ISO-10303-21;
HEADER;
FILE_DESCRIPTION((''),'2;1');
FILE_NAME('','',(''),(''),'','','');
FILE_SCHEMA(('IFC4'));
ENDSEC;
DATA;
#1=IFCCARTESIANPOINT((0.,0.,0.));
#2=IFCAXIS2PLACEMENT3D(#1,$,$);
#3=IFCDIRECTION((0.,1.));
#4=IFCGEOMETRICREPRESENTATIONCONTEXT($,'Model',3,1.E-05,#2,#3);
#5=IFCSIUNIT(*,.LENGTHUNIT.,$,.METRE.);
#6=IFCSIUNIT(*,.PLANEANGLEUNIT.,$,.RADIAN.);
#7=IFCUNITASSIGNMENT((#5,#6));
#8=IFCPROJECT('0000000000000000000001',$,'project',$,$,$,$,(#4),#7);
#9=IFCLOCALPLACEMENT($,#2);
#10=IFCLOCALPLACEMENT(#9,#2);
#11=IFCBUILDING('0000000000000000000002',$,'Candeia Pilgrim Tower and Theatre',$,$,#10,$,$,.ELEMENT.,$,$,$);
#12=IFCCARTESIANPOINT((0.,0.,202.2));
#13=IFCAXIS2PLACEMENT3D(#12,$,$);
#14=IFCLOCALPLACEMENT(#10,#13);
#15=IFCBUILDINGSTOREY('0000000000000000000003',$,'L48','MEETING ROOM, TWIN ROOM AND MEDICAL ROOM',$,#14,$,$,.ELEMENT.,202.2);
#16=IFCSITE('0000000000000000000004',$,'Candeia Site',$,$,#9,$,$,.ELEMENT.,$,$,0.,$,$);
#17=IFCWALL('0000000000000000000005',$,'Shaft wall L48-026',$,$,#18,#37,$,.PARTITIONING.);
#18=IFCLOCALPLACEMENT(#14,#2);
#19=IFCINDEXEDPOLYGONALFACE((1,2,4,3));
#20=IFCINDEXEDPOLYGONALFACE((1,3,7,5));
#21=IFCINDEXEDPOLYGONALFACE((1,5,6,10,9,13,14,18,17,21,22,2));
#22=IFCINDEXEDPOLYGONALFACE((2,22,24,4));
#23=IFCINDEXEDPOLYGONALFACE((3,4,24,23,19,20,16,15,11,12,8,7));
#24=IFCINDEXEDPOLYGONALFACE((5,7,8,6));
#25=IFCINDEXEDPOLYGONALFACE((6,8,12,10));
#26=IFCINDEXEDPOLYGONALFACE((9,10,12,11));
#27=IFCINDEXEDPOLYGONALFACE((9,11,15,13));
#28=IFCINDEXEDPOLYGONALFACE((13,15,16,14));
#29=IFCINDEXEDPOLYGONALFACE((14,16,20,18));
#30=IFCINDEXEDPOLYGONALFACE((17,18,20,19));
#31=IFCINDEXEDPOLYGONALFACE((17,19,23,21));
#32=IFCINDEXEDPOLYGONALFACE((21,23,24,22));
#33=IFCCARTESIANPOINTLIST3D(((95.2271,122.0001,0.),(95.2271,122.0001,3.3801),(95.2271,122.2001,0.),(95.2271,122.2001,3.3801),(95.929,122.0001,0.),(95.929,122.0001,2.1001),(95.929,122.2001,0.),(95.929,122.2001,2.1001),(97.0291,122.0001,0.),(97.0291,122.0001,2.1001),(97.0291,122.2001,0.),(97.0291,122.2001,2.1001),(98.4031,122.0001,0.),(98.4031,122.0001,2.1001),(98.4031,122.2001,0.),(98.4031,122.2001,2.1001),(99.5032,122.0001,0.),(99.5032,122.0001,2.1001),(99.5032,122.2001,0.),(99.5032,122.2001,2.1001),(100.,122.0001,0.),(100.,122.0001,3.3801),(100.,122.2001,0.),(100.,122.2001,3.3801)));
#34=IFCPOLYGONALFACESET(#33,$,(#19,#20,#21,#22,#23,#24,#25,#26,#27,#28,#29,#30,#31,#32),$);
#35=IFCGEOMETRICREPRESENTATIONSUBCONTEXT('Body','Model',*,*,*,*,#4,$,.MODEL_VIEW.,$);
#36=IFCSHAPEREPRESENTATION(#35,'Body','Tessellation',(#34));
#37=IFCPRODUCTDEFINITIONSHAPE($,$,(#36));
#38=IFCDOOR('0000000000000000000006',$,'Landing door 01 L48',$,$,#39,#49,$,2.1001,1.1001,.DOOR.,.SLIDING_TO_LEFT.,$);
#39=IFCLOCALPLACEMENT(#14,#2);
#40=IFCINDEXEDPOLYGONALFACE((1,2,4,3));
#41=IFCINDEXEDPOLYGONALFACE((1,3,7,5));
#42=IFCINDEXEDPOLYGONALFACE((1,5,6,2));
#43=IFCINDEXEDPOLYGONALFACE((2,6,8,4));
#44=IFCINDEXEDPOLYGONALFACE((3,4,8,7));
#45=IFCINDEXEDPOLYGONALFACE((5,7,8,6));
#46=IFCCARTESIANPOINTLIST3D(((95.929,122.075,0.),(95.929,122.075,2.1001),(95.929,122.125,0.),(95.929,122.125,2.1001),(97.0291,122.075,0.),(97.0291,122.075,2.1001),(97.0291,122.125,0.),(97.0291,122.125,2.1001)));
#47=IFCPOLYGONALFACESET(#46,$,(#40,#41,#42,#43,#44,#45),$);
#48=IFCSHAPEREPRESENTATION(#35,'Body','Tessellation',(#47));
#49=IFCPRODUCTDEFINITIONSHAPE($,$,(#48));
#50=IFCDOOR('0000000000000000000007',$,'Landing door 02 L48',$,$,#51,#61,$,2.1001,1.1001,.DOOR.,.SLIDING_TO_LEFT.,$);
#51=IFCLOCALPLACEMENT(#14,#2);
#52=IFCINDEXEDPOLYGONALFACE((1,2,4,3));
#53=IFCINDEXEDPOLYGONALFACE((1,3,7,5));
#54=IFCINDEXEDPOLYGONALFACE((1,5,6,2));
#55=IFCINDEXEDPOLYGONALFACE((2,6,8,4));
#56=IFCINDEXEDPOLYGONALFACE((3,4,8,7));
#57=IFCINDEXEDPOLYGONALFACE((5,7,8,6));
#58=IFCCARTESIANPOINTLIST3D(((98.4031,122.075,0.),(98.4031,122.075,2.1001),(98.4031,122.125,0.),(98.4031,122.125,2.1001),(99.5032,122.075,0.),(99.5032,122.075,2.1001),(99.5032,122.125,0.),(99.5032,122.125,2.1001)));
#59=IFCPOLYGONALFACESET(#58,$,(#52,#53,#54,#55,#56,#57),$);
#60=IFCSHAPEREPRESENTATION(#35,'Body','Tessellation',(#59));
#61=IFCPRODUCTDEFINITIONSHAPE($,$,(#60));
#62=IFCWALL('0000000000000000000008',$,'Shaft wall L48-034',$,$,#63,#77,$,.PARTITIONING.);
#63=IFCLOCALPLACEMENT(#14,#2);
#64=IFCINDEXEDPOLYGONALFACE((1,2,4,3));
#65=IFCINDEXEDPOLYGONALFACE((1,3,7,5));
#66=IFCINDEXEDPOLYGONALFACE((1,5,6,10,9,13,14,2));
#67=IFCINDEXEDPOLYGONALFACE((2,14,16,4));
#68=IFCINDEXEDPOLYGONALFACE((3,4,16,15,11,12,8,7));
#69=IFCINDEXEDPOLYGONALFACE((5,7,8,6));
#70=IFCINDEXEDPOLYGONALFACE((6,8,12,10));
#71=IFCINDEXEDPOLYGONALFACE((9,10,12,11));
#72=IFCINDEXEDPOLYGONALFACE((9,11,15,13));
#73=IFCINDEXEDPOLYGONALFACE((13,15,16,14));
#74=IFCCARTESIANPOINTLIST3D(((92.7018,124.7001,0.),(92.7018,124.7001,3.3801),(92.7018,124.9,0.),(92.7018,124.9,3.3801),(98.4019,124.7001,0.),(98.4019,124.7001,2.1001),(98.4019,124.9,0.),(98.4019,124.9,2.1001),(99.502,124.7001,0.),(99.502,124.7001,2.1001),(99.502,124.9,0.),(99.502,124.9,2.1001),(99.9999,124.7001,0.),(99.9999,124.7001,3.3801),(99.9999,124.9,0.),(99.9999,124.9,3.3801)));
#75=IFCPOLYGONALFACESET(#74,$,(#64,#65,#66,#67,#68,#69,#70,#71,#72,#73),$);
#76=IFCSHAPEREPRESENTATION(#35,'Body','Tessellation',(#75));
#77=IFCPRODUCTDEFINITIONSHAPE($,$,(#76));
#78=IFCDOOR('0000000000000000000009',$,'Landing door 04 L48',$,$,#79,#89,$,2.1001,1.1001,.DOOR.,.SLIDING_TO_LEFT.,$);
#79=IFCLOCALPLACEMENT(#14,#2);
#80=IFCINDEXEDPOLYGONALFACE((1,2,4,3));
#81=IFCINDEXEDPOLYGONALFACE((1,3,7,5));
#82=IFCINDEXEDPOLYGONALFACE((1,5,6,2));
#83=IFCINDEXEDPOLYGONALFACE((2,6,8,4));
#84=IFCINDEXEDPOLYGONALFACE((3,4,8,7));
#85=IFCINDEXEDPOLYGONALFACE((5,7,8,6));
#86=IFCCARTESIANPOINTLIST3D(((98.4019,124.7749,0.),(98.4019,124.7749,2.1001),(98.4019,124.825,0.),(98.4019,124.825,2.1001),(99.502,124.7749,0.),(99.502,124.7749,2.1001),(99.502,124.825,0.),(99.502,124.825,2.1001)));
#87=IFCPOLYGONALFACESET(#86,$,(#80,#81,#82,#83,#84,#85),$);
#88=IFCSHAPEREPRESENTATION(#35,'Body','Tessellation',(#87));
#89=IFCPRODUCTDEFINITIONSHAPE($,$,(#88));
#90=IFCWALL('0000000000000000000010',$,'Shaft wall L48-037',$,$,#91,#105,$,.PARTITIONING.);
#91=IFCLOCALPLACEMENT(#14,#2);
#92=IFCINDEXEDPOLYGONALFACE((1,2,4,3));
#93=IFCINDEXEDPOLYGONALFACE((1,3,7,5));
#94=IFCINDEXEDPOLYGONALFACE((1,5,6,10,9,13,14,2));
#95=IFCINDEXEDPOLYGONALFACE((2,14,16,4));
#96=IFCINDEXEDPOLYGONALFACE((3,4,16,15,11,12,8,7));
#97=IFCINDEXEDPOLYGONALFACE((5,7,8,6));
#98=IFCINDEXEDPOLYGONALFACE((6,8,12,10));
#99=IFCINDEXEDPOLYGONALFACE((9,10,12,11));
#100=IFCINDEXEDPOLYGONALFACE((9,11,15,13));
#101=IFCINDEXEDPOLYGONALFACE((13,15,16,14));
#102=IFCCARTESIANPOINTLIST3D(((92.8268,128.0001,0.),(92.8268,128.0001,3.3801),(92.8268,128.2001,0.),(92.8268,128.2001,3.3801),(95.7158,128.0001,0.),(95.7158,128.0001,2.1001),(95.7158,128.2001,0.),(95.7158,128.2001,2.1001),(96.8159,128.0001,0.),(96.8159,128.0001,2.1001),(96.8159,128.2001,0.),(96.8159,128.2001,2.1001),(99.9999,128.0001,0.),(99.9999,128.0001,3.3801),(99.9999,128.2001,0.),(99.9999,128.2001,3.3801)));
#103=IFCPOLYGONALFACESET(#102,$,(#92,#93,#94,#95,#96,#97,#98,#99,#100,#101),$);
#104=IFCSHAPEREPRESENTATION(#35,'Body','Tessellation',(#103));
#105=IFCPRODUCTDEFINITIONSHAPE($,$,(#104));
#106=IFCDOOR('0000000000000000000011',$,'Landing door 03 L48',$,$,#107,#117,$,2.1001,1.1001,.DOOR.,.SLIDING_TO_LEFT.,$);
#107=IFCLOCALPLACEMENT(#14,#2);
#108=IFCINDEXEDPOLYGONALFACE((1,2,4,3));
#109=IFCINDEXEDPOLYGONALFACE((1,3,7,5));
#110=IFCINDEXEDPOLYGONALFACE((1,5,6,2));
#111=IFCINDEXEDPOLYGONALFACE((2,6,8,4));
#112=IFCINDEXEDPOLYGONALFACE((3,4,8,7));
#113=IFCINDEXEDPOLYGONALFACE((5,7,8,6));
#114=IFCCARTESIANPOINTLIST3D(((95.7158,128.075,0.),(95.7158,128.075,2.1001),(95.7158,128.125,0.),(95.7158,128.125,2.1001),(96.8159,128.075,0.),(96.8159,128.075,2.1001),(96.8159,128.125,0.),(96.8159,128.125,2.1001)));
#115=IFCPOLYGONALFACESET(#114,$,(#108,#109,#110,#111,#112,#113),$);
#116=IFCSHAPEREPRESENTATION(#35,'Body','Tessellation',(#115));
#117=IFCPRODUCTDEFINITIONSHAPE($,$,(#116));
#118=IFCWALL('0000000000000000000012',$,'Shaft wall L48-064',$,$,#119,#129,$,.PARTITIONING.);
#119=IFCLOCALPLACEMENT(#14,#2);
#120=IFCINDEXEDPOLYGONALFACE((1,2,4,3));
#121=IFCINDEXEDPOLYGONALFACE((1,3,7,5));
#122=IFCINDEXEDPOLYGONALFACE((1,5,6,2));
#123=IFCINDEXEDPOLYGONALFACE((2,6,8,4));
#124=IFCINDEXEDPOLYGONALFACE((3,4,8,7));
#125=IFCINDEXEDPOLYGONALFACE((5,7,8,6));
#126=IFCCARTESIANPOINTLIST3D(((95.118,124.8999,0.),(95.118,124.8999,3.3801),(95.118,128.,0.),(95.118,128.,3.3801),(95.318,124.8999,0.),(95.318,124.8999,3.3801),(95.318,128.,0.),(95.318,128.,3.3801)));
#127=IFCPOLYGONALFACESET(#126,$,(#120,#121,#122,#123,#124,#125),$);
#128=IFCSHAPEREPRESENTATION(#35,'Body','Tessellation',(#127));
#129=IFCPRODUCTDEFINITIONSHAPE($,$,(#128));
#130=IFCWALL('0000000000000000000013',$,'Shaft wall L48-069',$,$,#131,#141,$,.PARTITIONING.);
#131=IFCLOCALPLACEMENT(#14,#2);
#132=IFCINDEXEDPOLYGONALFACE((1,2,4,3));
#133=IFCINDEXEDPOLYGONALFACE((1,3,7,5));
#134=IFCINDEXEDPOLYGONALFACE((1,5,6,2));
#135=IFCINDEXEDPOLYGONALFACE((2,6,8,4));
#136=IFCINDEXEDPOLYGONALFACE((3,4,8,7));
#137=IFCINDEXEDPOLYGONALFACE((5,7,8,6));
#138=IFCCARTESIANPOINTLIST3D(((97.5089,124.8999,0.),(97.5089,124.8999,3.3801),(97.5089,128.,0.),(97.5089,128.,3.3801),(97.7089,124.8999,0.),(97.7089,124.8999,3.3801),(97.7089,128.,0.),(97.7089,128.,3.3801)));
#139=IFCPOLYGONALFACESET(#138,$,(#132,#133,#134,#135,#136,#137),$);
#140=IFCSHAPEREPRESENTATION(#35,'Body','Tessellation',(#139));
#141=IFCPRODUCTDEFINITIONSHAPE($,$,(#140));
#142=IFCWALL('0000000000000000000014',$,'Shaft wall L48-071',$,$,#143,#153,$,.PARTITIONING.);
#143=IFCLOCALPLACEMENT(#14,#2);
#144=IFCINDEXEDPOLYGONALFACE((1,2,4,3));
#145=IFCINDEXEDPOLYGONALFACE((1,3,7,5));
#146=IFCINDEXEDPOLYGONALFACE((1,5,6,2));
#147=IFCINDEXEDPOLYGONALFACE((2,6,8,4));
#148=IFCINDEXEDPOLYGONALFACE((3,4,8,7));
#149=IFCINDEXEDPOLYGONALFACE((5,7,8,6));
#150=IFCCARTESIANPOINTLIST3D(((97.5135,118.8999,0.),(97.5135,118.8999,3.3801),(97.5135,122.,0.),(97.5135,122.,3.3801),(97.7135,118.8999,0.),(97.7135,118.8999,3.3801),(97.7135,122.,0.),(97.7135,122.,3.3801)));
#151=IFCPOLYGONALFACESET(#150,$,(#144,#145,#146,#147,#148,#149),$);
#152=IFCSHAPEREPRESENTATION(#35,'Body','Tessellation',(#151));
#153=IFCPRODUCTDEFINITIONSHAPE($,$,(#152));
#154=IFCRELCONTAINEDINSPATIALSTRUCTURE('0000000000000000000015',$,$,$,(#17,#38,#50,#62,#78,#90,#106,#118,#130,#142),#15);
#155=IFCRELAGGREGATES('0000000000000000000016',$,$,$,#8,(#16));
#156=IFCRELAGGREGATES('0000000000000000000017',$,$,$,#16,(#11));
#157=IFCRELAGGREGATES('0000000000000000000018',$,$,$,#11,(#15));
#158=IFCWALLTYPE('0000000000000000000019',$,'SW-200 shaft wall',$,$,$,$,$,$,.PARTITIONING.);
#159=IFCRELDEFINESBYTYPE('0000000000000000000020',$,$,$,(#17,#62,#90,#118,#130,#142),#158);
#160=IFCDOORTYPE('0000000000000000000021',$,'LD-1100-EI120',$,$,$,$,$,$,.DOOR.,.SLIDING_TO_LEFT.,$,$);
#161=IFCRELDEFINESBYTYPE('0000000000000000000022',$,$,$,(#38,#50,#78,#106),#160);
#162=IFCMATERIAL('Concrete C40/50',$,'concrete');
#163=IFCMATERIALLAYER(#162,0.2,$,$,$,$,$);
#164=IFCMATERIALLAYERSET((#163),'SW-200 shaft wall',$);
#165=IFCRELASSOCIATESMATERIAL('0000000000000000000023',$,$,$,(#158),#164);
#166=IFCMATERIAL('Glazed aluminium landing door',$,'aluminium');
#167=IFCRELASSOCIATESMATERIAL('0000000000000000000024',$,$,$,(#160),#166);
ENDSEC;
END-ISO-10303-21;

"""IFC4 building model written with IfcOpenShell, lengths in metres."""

from ifc_helpers import new_model, si_unit, direction, frame, frame_2d, origin, place, context, subcontext, project, spatial, rectangle, extrude, material, layer, layer_set, type_object, element, fill, save


model = new_model("IFC4")

# Units and contexts
model_context = context("Model", 3, precision=1e-05, world=origin(), true_north=direction((0.0, 1.0)))
body_context = subcontext(model_context, "Body", "Model", "MODEL_VIEW")
ifc_project = project(units=[si_unit("LENGTHUNIT", "METRE"), si_unit("PLANEANGLEUNIT", "RADIAN")], contexts=[model_context])

# Site, building, storey
site_placement = place(None, origin())
site = spatial("IfcSite", under=ifc_project, at=site_placement, Name="Candeia Site", CompositionType="ELEMENT", RefElevation=0.0)
building_placement = place(site_placement, origin())
building = spatial("IfcBuilding", under=site, at=building_placement, Name="Candeia Pilgrim Tower and Theatre", CompositionType="ELEMENT")
storey_placement = place(building_placement, frame((0.0, 0.0, 202.2)))
storey = spatial("IfcBuildingStorey", under=building, at=storey_placement, Name="L48", Description="MEETING ROOM, TWIN ROOM AND MEDICAL ROOM", CompositionType="ELEMENT", Elevation=202.2)

# Shared definitions
ifc_material_1 = material(Name="Concrete C40/50", Category="concrete")
ifc_layer_1 = layer(ifc_material_1, 0.2)
ifc_layer_set_1 = layer_set([ifc_layer_1], Name="SW-200 shaft wall")
wall_type_1 = type_object("IfcWallType", Name="SW-200 shaft wall", PredefinedType="PARTITIONING", material=ifc_layer_set_1)

# Wall, openings, doors
wall_1_placement = place(storey_placement, frame((95.2271, 122.1001, 0.0), z_axis=(0.0, 0.0, 1.0), x_axis=(1.0, 0.0, 0.0)))
wall_1 = element("IfcWall", 1, at=wall_1_placement, inside=storey, type_object=wall_type_1, Name="Shaft wall L48-026", PredefinedType="PARTITIONING", context=body_context, shape_type="SweptSolid", body=[
    extrude(rectangle(XDim=4.7729, YDim=0.2, at=frame_2d((2.3865, 0.0))), origin(), (0.0, 0.0, 1.0), 3.3801),
])
opening_1_placement = place(wall_1_placement, frame((0.7019, 0.0, 0.0)))
opening_1 = element("IfcOpeningElement", 2, at=opening_1_placement, cuts=wall_1, PredefinedType="OPENING", context=body_context, shape_type="SweptSolid", body=[
    extrude(rectangle(XDim=1.1001, YDim=2.1001, at=frame_2d((0.55, 1.05))), frame((0.0, 0.1099, 0.0), z_axis=(0.0, -1.0, 0.0), x_axis=(1.0, 0.0, 0.0)), (0.0, 0.0, 1.0), 0.22),
])
opening_2_placement = place(wall_1_placement, frame((3.176, 0.0, 0.0)))
opening_2 = element("IfcOpeningElement", 3, at=opening_2_placement, cuts=wall_1, PredefinedType="OPENING", context=body_context, shape_type="SweptSolid", body=[
    extrude(rectangle(XDim=1.1001, YDim=2.1001, at=frame_2d((0.55, 1.05))), frame((0.0, 0.1099, 0.0), z_axis=(0.0, -1.0, 0.0), x_axis=(1.0, 0.0, 0.0)), (0.0, 0.0, 1.0), 0.22),
])
ifc_material_2 = material(Name="Glazed aluminium landing door", Category="aluminium")
door_type_1 = type_object("IfcDoorType", Name="LD-1100-EI120", OperationType="SLIDING_TO_LEFT", PredefinedType="DOOR", material=ifc_material_2)
door_1_placement = place(opening_1_placement, origin())
door_1 = element("IfcDoor", 4, at=door_1_placement, inside=storey, type_object=door_type_1, Name="Landing door 01 L48", OperationType="SLIDING_TO_LEFT", OverallHeight=2.1001, OverallWidth=1.1001, PredefinedType="DOOR", context=body_context, shape_type="SweptSolid", body=[
    extrude(rectangle(XDim=1.1001, YDim=2.1001, at=frame_2d((0.55, 1.05))), frame((0.0, 0.0249, 0.0), z_axis=(0.0, -1.0, 0.0), x_axis=(1.0, 0.0, 0.0)), (0.0, 0.0, 1.0), 0.05),
])
fill(opening_1, door_1)
door_2_placement = place(opening_2_placement, origin())
door_2 = element("IfcDoor", 5, at=door_2_placement, inside=storey, type_object=door_type_1, Name="Landing door 02 L48", OperationType="SLIDING_TO_LEFT", OverallHeight=2.1001, OverallWidth=1.1001, PredefinedType="DOOR", context=body_context, shape_type="SweptSolid", body=[
    extrude(rectangle(XDim=1.1001, YDim=2.1001, at=frame_2d((0.55, 1.05))), frame((0.0, 0.0249, 0.0), z_axis=(0.0, -1.0, 0.0), x_axis=(1.0, 0.0, 0.0)), (0.0, 0.0, 1.0), 0.05),
])
fill(opening_2, door_2)

# Walls, openings, doors
wall_2_placement = place(storey_placement, frame((92.7019, 124.8, 0.0), z_axis=(0.0, 0.0, 1.0), x_axis=(1.0, 0.0, 0.0)))
wall_2 = element("IfcWall", 6, at=wall_2_placement, inside=storey, type_object=wall_type_1, Name="Shaft wall L48-034", PredefinedType="PARTITIONING", context=body_context, shape_type="SweptSolid", body=[
    extrude(rectangle(XDim=7.2981, YDim=0.2, at=frame_2d((3.6489, 0.0))), origin(), (0.0, 0.0, 1.0), 3.3801),
])
opening_3_placement = place(wall_2_placement, frame((5.7, 0.0, 0.0)))
opening_3 = element("IfcOpeningElement", 7, at=opening_3_placement, cuts=wall_2, PredefinedType="OPENING", context=body_context, shape_type="SweptSolid", body=[
    extrude(rectangle(XDim=1.1001, YDim=2.1001, at=frame_2d((0.55, 1.05))), frame((0.0, 0.1099, 0.0), z_axis=(0.0, -1.0, 0.0), x_axis=(1.0, 0.0, 0.0)), (0.0, 0.0, 1.0), 0.22),
])
door_3_placement = place(opening_3_placement, origin())
door_3 = element("IfcDoor", 8, at=door_3_placement, inside=storey, type_object=door_type_1, Name="Landing door 04 L48", OperationType="SLIDING_TO_LEFT", OverallHeight=2.1001, OverallWidth=1.1001, PredefinedType="DOOR", context=body_context, shape_type="SweptSolid", body=[
    extrude(rectangle(XDim=1.1001, YDim=2.1001, at=frame_2d((0.55, 1.05))), frame((0.0, 0.0249, 0.0), z_axis=(0.0, -1.0, 0.0), x_axis=(1.0, 0.0, 0.0)), (0.0, 0.0, 1.0), 0.05),
])
fill(opening_3, door_3)
wall_3_placement = place(storey_placement, frame((92.8269, 128.1001, 0.0), z_axis=(0.0, 0.0, 1.0), x_axis=(1.0, 0.0, 0.0)))
wall_3 = element("IfcWall", 9, at=wall_3_placement, inside=storey, type_object=wall_type_1, Name="Shaft wall L48-037", PredefinedType="PARTITIONING", context=body_context, shape_type="SweptSolid", body=[
    extrude(rectangle(XDim=7.1731, YDim=0.2, at=frame_2d((3.5864, 0.0))), origin(), (0.0, 0.0, 1.0), 3.3801),
])
opening_4_placement = place(wall_3_placement, frame((2.8889, 0.0, 0.0)))
opening_4 = element("IfcOpeningElement", 10, at=opening_4_placement, cuts=wall_3, PredefinedType="OPENING", context=body_context, shape_type="SweptSolid", body=[
    extrude(rectangle(XDim=1.1001, YDim=2.1001, at=frame_2d((0.55, 1.05))), frame((0.0, 0.1099, 0.0), z_axis=(0.0, -1.0, 0.0), x_axis=(1.0, 0.0, 0.0)), (0.0, 0.0, 1.0), 0.22),
])
door_4_placement = place(opening_4_placement, origin())
door_4 = element("IfcDoor", 11, at=door_4_placement, inside=storey, type_object=door_type_1, Name="Landing door 03 L48", OperationType="SLIDING_TO_LEFT", OverallHeight=2.1001, OverallWidth=1.1001, PredefinedType="DOOR", context=body_context, shape_type="SweptSolid", body=[
    extrude(rectangle(XDim=1.1001, YDim=2.1001, at=frame_2d((0.55, 1.05))), frame((0.0, 0.0249, 0.0), z_axis=(0.0, -1.0, 0.0), x_axis=(1.0, 0.0, 0.0)), (0.0, 0.0, 1.0), 0.05),
])
fill(opening_4, door_4)

# Walls
for number, where, z_axis, x_axis, name in (
    (12, (95.218, 124.8999, 0.0), (0.0, 0.0, 1.0), (0.0, 1.0, 0.0), "Shaft wall L48-064"),
    (13, (97.6089, 124.8999, 0.0), (0.0, 0.0, 1.0), (0.0, 1.0, 0.0), "Shaft wall L48-069"),
    (14, (97.6135, 118.8999, 0.0), (0.0, 0.0, 1.0), (0.0, 1.0, 0.0), "Shaft wall L48-071"),
):
    element("IfcWall", number, at=place(storey_placement, frame(where, z_axis=z_axis, x_axis=x_axis)), inside=storey, type_object=wall_type_1, Name=name, PredefinedType="PARTITIONING", context=body_context, shape_type="SweptSolid", body=[
        extrude(rectangle(XDim=3.1001, YDim=0.2, at=frame_2d((1.55, 0.0))), origin(), (0.0, 0.0, 1.0), 3.3801),
    ])

save(model, "model.ifc")
